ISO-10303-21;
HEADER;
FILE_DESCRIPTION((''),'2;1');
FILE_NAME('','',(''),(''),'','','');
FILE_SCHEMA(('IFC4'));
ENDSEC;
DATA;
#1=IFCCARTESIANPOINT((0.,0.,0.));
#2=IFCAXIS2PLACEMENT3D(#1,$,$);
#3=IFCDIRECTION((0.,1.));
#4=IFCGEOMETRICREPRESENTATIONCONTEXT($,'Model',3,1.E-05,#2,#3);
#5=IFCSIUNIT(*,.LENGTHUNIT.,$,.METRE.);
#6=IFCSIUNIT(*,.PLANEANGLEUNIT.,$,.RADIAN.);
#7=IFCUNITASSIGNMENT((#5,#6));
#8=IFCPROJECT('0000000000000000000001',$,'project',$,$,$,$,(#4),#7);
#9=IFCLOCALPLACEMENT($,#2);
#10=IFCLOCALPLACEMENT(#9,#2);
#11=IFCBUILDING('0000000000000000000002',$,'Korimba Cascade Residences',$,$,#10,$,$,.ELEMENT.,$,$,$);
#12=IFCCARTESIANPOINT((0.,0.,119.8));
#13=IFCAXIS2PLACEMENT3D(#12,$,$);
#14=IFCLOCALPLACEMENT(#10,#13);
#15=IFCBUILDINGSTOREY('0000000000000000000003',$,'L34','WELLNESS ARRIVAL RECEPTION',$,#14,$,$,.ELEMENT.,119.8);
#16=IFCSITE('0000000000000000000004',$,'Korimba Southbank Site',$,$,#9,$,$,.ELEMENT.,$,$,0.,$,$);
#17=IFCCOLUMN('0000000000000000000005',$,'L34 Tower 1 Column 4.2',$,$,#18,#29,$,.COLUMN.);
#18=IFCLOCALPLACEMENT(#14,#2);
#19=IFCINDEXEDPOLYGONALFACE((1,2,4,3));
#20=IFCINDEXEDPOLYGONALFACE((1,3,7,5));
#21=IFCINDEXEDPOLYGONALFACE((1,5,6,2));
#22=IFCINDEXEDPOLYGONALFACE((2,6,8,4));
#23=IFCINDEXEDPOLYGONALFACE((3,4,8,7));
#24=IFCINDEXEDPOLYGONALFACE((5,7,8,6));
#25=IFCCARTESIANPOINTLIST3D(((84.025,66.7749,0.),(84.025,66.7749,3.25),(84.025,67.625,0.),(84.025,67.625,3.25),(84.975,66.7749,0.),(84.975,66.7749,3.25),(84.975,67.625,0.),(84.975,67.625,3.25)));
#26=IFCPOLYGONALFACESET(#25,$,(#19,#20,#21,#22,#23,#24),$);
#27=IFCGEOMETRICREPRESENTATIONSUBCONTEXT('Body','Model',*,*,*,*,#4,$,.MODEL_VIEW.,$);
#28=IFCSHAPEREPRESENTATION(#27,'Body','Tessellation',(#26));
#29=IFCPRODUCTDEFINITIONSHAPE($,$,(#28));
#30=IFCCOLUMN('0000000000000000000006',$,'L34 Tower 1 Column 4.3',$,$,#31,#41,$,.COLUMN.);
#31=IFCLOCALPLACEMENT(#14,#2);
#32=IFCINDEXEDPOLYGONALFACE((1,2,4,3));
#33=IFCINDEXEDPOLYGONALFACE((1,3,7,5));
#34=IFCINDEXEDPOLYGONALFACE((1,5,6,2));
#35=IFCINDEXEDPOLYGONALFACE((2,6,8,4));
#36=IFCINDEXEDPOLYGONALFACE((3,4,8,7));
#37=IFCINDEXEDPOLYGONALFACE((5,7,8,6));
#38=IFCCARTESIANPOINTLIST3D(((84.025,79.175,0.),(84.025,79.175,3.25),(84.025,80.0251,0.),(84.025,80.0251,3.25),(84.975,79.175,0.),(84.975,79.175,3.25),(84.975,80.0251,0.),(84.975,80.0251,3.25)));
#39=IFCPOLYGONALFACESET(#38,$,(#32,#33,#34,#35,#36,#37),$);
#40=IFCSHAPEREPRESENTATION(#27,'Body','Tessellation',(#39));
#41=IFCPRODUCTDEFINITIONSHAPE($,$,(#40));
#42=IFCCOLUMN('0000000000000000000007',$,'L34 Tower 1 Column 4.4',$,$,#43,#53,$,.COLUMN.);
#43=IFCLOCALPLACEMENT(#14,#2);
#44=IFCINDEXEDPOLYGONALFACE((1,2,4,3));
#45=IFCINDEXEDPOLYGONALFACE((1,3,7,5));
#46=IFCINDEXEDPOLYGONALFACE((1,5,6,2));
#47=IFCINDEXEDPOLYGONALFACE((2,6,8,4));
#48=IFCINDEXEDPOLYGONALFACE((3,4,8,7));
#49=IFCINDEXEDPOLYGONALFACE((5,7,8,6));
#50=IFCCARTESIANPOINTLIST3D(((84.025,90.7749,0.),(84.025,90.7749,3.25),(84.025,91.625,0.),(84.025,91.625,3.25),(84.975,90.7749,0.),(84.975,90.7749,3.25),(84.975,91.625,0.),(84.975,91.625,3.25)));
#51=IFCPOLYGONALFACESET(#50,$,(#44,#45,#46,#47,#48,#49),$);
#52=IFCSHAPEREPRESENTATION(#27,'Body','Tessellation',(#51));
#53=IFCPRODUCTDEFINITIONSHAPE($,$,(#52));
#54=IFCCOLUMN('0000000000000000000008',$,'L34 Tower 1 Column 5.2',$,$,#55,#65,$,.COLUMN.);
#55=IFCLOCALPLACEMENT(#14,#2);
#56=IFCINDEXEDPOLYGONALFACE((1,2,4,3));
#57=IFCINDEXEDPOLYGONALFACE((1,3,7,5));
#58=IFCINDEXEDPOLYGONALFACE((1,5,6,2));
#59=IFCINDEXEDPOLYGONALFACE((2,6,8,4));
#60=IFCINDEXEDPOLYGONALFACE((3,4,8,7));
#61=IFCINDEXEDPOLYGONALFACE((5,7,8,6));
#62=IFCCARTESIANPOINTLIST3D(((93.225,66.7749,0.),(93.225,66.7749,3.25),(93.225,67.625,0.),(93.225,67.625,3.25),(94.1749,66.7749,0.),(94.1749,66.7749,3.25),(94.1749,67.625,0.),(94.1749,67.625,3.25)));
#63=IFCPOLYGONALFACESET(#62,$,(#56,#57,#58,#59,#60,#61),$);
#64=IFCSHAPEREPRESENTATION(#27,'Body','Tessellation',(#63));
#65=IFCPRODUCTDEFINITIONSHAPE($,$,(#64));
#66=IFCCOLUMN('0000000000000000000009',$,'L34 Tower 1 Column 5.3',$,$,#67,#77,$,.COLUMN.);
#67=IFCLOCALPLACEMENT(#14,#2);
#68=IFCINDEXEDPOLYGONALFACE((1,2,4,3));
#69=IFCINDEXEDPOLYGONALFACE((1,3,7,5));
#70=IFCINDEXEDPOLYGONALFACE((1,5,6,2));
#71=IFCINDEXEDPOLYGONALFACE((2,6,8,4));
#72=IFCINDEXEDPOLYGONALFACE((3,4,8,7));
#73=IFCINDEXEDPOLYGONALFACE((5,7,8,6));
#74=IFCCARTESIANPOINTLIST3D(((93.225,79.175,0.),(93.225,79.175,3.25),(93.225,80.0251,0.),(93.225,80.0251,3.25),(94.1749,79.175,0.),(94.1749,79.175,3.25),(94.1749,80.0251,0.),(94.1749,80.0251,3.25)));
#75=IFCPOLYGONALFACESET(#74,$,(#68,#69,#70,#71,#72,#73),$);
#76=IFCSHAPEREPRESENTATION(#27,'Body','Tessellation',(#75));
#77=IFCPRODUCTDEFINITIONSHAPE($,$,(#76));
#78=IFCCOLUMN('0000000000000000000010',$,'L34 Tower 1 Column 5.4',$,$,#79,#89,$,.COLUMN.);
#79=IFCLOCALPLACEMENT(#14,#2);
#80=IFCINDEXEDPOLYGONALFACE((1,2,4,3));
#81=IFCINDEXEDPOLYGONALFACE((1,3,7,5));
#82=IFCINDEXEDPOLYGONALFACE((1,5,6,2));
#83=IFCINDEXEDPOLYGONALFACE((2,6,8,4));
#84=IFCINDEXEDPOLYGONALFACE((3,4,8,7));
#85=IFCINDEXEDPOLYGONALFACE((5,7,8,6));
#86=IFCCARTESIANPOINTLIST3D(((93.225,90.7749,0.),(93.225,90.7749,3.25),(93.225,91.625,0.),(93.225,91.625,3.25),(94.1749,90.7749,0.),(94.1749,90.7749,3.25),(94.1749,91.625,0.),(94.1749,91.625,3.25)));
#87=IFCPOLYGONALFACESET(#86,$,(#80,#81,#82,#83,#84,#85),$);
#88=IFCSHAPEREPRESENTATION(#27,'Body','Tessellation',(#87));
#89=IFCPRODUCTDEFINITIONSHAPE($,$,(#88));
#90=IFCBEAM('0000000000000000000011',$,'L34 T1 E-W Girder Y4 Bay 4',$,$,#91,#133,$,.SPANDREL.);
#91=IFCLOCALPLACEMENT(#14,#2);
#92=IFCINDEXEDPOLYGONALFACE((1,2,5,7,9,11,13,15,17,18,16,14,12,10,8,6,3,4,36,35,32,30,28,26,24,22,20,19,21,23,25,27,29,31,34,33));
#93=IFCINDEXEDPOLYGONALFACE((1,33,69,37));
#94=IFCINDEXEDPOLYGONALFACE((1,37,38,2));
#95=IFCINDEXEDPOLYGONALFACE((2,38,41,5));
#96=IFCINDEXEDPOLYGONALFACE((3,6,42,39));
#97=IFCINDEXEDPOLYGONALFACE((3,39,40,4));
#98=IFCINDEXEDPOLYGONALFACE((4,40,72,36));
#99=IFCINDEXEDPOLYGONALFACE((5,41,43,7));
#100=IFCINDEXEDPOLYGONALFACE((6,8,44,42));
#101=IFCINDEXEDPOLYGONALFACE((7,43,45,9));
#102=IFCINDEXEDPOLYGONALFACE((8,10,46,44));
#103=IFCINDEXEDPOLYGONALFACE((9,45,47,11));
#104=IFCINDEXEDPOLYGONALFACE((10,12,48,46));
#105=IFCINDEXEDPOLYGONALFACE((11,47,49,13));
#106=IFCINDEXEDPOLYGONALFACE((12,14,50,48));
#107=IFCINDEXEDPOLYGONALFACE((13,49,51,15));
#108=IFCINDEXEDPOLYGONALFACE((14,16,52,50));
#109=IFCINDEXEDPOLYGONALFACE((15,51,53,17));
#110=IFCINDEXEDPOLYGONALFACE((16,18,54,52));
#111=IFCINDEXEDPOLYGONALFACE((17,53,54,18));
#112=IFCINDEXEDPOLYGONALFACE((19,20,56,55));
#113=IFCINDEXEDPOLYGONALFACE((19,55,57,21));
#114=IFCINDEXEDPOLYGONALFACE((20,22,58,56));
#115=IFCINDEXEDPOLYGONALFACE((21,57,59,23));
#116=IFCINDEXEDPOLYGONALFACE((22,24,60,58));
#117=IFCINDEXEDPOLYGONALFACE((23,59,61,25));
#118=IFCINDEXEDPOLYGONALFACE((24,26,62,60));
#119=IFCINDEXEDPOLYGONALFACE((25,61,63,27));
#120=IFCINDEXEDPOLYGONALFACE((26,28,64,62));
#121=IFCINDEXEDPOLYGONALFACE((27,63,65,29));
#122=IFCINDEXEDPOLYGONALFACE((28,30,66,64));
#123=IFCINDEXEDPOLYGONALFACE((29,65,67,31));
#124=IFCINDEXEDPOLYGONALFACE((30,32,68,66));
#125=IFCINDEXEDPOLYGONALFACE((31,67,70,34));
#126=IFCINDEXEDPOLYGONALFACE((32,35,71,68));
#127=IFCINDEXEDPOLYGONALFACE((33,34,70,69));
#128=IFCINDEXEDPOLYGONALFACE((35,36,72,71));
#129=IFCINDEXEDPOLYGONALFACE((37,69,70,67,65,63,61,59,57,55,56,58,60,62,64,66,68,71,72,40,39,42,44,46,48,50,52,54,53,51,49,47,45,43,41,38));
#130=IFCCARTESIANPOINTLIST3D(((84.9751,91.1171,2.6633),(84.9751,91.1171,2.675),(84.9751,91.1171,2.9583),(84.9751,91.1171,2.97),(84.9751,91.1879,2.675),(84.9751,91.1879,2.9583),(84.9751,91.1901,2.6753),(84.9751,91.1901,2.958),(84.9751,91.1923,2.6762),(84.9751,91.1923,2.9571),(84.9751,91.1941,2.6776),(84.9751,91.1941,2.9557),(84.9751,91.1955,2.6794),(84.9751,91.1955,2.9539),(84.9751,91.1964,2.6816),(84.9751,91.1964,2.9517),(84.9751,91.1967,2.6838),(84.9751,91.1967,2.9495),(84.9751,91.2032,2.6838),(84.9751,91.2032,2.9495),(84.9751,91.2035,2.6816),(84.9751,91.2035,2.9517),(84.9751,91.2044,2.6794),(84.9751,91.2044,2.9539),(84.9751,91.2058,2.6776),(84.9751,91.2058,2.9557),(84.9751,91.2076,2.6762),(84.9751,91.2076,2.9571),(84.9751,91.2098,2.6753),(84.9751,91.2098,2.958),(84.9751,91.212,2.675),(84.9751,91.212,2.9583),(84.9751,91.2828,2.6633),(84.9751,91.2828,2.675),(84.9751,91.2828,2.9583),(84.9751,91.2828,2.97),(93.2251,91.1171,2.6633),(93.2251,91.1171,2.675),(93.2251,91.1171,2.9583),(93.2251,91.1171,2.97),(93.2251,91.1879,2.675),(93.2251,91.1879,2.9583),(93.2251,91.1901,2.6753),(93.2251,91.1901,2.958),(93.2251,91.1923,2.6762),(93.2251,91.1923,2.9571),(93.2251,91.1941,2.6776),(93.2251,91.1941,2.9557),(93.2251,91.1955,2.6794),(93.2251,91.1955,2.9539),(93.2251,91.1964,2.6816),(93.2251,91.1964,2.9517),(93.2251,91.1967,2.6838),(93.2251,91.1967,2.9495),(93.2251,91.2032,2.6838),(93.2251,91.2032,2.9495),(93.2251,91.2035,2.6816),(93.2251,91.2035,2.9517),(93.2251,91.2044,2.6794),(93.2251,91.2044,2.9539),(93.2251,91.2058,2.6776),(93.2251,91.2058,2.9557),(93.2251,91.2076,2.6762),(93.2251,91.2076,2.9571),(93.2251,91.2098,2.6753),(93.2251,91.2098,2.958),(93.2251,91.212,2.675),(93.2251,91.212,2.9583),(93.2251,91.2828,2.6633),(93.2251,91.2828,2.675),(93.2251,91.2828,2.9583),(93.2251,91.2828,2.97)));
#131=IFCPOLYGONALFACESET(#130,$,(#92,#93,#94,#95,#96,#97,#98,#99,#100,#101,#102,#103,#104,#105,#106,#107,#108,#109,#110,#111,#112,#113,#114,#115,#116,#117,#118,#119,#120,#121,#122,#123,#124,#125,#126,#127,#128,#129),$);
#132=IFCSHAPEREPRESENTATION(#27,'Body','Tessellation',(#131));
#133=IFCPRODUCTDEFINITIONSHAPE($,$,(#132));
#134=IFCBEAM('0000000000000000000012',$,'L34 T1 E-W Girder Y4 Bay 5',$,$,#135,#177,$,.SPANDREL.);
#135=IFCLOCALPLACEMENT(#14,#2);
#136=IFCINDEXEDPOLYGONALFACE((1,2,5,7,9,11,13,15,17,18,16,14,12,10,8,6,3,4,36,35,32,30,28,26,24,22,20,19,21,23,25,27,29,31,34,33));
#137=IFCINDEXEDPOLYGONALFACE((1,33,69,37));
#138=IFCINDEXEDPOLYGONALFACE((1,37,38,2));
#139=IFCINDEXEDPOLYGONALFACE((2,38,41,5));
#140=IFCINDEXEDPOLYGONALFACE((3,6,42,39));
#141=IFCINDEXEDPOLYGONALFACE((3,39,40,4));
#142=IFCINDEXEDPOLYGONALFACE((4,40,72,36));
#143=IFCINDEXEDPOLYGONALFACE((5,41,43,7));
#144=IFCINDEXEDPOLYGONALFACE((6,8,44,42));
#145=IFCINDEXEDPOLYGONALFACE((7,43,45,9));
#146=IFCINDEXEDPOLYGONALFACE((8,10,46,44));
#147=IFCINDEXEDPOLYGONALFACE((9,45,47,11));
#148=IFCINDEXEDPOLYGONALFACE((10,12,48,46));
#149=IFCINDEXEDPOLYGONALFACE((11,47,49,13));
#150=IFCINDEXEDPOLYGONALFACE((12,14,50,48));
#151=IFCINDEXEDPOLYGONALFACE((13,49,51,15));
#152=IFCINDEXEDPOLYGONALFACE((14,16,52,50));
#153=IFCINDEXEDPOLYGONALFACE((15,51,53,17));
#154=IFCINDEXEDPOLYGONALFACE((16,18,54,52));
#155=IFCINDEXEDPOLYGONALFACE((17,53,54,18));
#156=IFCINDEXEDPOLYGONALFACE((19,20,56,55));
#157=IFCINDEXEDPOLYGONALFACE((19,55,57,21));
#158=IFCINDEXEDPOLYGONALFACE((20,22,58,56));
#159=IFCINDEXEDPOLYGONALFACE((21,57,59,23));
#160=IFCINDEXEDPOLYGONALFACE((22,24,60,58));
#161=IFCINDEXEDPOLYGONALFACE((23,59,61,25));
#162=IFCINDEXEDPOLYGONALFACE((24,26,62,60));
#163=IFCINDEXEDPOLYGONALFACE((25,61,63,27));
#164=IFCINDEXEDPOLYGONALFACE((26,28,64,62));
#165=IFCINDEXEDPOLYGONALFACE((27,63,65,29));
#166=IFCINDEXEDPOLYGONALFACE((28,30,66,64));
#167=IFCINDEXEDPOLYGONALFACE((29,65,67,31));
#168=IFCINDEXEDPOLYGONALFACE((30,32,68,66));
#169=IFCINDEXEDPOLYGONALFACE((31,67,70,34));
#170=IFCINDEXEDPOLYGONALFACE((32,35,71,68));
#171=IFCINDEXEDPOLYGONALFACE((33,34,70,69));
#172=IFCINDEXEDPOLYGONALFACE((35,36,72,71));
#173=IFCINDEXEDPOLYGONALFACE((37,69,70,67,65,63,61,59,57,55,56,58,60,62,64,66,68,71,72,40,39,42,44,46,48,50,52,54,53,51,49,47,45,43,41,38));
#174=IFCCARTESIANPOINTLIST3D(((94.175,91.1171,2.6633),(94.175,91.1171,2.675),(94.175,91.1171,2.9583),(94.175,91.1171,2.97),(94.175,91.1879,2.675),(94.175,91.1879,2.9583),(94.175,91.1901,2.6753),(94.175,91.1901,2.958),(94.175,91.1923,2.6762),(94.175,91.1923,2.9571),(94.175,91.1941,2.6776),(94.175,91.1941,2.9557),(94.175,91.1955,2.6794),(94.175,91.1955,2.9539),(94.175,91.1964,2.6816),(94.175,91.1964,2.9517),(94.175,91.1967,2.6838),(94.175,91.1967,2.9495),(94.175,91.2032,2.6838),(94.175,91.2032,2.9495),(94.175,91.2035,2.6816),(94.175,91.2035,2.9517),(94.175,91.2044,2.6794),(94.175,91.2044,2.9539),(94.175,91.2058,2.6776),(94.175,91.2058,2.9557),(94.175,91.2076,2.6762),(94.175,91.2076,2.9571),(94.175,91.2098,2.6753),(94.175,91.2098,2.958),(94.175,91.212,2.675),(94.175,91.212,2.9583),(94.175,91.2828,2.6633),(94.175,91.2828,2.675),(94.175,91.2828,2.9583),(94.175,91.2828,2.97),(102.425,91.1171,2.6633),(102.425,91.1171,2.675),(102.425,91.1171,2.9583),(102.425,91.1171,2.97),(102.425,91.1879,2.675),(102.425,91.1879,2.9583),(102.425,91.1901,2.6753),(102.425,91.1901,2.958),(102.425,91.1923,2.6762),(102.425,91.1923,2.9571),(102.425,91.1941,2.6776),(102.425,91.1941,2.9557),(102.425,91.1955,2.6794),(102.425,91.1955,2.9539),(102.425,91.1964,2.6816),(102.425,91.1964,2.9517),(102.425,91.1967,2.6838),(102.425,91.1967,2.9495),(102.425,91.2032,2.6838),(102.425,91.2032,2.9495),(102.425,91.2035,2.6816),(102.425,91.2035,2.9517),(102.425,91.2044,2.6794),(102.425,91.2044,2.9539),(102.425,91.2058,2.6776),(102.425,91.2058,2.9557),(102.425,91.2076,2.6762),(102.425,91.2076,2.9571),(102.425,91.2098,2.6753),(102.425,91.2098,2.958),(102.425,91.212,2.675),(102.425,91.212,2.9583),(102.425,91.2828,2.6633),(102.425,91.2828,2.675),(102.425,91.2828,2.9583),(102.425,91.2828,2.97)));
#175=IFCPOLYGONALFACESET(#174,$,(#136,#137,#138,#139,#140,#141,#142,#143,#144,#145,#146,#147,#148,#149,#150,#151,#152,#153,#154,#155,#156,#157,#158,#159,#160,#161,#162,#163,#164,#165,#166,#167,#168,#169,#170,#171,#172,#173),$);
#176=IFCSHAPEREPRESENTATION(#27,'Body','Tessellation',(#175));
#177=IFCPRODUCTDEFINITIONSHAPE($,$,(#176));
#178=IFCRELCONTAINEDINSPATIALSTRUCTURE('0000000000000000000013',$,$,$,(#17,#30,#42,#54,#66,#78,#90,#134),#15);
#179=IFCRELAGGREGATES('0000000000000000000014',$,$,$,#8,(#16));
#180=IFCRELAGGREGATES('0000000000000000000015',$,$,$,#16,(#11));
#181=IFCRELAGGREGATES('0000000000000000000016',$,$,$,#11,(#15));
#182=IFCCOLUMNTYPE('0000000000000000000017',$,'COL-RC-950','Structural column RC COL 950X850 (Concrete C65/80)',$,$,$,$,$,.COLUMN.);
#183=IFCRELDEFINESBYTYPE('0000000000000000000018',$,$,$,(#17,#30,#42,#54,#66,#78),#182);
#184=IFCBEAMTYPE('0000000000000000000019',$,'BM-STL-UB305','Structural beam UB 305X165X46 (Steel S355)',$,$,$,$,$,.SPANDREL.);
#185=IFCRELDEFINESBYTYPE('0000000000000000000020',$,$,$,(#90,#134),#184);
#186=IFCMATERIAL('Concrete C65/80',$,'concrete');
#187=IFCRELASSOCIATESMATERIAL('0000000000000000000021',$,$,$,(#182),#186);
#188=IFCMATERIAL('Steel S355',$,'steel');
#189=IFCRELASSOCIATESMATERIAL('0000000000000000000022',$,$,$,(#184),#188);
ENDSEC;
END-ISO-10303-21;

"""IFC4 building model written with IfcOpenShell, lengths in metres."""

from ifc_helpers import new_model, si_unit, direction, frame, origin, origin_2d, place, context, subcontext, project, spatial, rectangle, i_section, extrude, material, material_profile, profile_set, type_object, element, save


model = new_model("IFC4")

# Units and contexts
model_context = context("Model", 3, precision=1e-05, world=origin(), true_north=direction((0.0, 1.0)))
body_context = subcontext(model_context, "Body", "Model", "MODEL_VIEW")
ifc_project = project(units=[si_unit("LENGTHUNIT", "METRE"), si_unit("PLANEANGLEUNIT", "RADIAN")], contexts=[model_context])

# Site, building, storey
site_placement = place(None, origin())
site = spatial("IfcSite", under=ifc_project, at=site_placement, Name="Korimba Southbank Site", CompositionType="ELEMENT", RefElevation=0.0)
building_placement = place(site_placement, origin())
building = spatial("IfcBuilding", under=site, at=building_placement, Name="Korimba Cascade Residences", CompositionType="ELEMENT")
storey_placement = place(building_placement, frame((0.0, 0.0, 119.8)))
storey = spatial("IfcBuildingStorey", under=building, at=storey_placement, Name="L34", Description="WELLNESS ARRIVAL RECEPTION", CompositionType="ELEMENT", Elevation=119.8)

# Columns
ifc_material_1 = material(Name="Concrete C65/80", Category="concrete")
ifc_material_profile_1 = material_profile(ifc_material_1, rectangle(XDim=0.95, YDim=0.8501, at=origin_2d()), Name="Concrete C65/80")
ifc_profile_set_1 = profile_set([ifc_material_profile_1], Name="Concrete C65/80")
column_type = type_object("IfcColumnType", Name="COL-RC-950", Description="Structural column RC COL 950X850 (Concrete C65/80)", PredefinedType="COLUMN", material=ifc_profile_set_1)
for number, where, z_axis, x_axis, name in (
    (1, (84.5, 67.2, 0.0), (0.0, 0.0, 1.0), (1.0, 0.0, 0.0), "L34 Tower 1 Column 4.2"),
    (2, (84.5, 79.6001, 0.0), (0.0, 0.0, 1.0), (1.0, 0.0, 0.0), "L34 Tower 1 Column 4.3"),
    (3, (84.5, 91.2, 0.0), (0.0, 0.0, 1.0), (1.0, 0.0, 0.0), "L34 Tower 1 Column 4.4"),
    (4, (93.7, 67.2, 0.0), (0.0, 0.0, 1.0), (1.0, 0.0, 0.0), "L34 Tower 1 Column 5.2"),
    (5, (93.7, 79.6001, 0.0), (0.0, 0.0, 1.0), (1.0, 0.0, 0.0), "L34 Tower 1 Column 5.3"),
    (6, (93.7, 91.2, 0.0), (0.0, 0.0, 1.0), (1.0, 0.0, 0.0), "L34 Tower 1 Column 5.4"),
):
    element("IfcColumn", number, at=place(storey_placement, frame(where, z_axis=z_axis, x_axis=x_axis)), inside=storey, type_object=column_type, Name=name, PredefinedType="COLUMN", context=body_context, shape_type="SweptSolid", body=[
        extrude(rectangle(XDim=0.95, YDim=0.8501, at=origin_2d()), origin(), (0.0, 0.0, 1.0), 3.25),
    ])

# Beams
ifc_material_2 = material(Name="Steel S355", Category="steel")
ifc_material_profile_2 = material_profile(ifc_material_2, i_section(OverallWidth=0.1658, OverallDepth=0.3066, WebThickness=0.0066, FlangeThickness=0.0117, FilletRadius=0.0088, at=origin_2d()), Name="Steel S355")
ifc_profile_set_2 = profile_set([ifc_material_profile_2], Name="Steel S355")
beam_type_1 = type_object("IfcBeamType", Name="BM-STL-UB305", Description="Structural beam UB 305X165X46 (Steel S355)", PredefinedType="SPANDREL", material=ifc_profile_set_2)
for number, where, z_axis, x_axis, name in (
    (7, (84.9751, 91.2, 2.8167), (1.0, 0.0, 0.0), (0.0, 1.0, 0.0), "L34 T1 E-W Girder Y4 Bay 4"),
    (8, (94.175, 91.2, 2.8167), (1.0, 0.0, 0.0), (0.0, 1.0, 0.0), "L34 T1 E-W Girder Y4 Bay 5"),
):
    element("IfcBeam", number, at=place(storey_placement, frame(where, z_axis=z_axis, x_axis=x_axis)), inside=storey, type_object=beam_type_1, Name=name, PredefinedType="SPANDREL", context=body_context, shape_type="SweptSolid", body=[
        extrude(i_section(OverallWidth=0.1658, OverallDepth=0.3066, WebThickness=0.0066, FlangeThickness=0.0117, FilletRadius=0.0088, at=origin_2d()), origin(), (0.0, 0.0, 1.0), 8.25),
    ])

save(model, "model.ifc")
